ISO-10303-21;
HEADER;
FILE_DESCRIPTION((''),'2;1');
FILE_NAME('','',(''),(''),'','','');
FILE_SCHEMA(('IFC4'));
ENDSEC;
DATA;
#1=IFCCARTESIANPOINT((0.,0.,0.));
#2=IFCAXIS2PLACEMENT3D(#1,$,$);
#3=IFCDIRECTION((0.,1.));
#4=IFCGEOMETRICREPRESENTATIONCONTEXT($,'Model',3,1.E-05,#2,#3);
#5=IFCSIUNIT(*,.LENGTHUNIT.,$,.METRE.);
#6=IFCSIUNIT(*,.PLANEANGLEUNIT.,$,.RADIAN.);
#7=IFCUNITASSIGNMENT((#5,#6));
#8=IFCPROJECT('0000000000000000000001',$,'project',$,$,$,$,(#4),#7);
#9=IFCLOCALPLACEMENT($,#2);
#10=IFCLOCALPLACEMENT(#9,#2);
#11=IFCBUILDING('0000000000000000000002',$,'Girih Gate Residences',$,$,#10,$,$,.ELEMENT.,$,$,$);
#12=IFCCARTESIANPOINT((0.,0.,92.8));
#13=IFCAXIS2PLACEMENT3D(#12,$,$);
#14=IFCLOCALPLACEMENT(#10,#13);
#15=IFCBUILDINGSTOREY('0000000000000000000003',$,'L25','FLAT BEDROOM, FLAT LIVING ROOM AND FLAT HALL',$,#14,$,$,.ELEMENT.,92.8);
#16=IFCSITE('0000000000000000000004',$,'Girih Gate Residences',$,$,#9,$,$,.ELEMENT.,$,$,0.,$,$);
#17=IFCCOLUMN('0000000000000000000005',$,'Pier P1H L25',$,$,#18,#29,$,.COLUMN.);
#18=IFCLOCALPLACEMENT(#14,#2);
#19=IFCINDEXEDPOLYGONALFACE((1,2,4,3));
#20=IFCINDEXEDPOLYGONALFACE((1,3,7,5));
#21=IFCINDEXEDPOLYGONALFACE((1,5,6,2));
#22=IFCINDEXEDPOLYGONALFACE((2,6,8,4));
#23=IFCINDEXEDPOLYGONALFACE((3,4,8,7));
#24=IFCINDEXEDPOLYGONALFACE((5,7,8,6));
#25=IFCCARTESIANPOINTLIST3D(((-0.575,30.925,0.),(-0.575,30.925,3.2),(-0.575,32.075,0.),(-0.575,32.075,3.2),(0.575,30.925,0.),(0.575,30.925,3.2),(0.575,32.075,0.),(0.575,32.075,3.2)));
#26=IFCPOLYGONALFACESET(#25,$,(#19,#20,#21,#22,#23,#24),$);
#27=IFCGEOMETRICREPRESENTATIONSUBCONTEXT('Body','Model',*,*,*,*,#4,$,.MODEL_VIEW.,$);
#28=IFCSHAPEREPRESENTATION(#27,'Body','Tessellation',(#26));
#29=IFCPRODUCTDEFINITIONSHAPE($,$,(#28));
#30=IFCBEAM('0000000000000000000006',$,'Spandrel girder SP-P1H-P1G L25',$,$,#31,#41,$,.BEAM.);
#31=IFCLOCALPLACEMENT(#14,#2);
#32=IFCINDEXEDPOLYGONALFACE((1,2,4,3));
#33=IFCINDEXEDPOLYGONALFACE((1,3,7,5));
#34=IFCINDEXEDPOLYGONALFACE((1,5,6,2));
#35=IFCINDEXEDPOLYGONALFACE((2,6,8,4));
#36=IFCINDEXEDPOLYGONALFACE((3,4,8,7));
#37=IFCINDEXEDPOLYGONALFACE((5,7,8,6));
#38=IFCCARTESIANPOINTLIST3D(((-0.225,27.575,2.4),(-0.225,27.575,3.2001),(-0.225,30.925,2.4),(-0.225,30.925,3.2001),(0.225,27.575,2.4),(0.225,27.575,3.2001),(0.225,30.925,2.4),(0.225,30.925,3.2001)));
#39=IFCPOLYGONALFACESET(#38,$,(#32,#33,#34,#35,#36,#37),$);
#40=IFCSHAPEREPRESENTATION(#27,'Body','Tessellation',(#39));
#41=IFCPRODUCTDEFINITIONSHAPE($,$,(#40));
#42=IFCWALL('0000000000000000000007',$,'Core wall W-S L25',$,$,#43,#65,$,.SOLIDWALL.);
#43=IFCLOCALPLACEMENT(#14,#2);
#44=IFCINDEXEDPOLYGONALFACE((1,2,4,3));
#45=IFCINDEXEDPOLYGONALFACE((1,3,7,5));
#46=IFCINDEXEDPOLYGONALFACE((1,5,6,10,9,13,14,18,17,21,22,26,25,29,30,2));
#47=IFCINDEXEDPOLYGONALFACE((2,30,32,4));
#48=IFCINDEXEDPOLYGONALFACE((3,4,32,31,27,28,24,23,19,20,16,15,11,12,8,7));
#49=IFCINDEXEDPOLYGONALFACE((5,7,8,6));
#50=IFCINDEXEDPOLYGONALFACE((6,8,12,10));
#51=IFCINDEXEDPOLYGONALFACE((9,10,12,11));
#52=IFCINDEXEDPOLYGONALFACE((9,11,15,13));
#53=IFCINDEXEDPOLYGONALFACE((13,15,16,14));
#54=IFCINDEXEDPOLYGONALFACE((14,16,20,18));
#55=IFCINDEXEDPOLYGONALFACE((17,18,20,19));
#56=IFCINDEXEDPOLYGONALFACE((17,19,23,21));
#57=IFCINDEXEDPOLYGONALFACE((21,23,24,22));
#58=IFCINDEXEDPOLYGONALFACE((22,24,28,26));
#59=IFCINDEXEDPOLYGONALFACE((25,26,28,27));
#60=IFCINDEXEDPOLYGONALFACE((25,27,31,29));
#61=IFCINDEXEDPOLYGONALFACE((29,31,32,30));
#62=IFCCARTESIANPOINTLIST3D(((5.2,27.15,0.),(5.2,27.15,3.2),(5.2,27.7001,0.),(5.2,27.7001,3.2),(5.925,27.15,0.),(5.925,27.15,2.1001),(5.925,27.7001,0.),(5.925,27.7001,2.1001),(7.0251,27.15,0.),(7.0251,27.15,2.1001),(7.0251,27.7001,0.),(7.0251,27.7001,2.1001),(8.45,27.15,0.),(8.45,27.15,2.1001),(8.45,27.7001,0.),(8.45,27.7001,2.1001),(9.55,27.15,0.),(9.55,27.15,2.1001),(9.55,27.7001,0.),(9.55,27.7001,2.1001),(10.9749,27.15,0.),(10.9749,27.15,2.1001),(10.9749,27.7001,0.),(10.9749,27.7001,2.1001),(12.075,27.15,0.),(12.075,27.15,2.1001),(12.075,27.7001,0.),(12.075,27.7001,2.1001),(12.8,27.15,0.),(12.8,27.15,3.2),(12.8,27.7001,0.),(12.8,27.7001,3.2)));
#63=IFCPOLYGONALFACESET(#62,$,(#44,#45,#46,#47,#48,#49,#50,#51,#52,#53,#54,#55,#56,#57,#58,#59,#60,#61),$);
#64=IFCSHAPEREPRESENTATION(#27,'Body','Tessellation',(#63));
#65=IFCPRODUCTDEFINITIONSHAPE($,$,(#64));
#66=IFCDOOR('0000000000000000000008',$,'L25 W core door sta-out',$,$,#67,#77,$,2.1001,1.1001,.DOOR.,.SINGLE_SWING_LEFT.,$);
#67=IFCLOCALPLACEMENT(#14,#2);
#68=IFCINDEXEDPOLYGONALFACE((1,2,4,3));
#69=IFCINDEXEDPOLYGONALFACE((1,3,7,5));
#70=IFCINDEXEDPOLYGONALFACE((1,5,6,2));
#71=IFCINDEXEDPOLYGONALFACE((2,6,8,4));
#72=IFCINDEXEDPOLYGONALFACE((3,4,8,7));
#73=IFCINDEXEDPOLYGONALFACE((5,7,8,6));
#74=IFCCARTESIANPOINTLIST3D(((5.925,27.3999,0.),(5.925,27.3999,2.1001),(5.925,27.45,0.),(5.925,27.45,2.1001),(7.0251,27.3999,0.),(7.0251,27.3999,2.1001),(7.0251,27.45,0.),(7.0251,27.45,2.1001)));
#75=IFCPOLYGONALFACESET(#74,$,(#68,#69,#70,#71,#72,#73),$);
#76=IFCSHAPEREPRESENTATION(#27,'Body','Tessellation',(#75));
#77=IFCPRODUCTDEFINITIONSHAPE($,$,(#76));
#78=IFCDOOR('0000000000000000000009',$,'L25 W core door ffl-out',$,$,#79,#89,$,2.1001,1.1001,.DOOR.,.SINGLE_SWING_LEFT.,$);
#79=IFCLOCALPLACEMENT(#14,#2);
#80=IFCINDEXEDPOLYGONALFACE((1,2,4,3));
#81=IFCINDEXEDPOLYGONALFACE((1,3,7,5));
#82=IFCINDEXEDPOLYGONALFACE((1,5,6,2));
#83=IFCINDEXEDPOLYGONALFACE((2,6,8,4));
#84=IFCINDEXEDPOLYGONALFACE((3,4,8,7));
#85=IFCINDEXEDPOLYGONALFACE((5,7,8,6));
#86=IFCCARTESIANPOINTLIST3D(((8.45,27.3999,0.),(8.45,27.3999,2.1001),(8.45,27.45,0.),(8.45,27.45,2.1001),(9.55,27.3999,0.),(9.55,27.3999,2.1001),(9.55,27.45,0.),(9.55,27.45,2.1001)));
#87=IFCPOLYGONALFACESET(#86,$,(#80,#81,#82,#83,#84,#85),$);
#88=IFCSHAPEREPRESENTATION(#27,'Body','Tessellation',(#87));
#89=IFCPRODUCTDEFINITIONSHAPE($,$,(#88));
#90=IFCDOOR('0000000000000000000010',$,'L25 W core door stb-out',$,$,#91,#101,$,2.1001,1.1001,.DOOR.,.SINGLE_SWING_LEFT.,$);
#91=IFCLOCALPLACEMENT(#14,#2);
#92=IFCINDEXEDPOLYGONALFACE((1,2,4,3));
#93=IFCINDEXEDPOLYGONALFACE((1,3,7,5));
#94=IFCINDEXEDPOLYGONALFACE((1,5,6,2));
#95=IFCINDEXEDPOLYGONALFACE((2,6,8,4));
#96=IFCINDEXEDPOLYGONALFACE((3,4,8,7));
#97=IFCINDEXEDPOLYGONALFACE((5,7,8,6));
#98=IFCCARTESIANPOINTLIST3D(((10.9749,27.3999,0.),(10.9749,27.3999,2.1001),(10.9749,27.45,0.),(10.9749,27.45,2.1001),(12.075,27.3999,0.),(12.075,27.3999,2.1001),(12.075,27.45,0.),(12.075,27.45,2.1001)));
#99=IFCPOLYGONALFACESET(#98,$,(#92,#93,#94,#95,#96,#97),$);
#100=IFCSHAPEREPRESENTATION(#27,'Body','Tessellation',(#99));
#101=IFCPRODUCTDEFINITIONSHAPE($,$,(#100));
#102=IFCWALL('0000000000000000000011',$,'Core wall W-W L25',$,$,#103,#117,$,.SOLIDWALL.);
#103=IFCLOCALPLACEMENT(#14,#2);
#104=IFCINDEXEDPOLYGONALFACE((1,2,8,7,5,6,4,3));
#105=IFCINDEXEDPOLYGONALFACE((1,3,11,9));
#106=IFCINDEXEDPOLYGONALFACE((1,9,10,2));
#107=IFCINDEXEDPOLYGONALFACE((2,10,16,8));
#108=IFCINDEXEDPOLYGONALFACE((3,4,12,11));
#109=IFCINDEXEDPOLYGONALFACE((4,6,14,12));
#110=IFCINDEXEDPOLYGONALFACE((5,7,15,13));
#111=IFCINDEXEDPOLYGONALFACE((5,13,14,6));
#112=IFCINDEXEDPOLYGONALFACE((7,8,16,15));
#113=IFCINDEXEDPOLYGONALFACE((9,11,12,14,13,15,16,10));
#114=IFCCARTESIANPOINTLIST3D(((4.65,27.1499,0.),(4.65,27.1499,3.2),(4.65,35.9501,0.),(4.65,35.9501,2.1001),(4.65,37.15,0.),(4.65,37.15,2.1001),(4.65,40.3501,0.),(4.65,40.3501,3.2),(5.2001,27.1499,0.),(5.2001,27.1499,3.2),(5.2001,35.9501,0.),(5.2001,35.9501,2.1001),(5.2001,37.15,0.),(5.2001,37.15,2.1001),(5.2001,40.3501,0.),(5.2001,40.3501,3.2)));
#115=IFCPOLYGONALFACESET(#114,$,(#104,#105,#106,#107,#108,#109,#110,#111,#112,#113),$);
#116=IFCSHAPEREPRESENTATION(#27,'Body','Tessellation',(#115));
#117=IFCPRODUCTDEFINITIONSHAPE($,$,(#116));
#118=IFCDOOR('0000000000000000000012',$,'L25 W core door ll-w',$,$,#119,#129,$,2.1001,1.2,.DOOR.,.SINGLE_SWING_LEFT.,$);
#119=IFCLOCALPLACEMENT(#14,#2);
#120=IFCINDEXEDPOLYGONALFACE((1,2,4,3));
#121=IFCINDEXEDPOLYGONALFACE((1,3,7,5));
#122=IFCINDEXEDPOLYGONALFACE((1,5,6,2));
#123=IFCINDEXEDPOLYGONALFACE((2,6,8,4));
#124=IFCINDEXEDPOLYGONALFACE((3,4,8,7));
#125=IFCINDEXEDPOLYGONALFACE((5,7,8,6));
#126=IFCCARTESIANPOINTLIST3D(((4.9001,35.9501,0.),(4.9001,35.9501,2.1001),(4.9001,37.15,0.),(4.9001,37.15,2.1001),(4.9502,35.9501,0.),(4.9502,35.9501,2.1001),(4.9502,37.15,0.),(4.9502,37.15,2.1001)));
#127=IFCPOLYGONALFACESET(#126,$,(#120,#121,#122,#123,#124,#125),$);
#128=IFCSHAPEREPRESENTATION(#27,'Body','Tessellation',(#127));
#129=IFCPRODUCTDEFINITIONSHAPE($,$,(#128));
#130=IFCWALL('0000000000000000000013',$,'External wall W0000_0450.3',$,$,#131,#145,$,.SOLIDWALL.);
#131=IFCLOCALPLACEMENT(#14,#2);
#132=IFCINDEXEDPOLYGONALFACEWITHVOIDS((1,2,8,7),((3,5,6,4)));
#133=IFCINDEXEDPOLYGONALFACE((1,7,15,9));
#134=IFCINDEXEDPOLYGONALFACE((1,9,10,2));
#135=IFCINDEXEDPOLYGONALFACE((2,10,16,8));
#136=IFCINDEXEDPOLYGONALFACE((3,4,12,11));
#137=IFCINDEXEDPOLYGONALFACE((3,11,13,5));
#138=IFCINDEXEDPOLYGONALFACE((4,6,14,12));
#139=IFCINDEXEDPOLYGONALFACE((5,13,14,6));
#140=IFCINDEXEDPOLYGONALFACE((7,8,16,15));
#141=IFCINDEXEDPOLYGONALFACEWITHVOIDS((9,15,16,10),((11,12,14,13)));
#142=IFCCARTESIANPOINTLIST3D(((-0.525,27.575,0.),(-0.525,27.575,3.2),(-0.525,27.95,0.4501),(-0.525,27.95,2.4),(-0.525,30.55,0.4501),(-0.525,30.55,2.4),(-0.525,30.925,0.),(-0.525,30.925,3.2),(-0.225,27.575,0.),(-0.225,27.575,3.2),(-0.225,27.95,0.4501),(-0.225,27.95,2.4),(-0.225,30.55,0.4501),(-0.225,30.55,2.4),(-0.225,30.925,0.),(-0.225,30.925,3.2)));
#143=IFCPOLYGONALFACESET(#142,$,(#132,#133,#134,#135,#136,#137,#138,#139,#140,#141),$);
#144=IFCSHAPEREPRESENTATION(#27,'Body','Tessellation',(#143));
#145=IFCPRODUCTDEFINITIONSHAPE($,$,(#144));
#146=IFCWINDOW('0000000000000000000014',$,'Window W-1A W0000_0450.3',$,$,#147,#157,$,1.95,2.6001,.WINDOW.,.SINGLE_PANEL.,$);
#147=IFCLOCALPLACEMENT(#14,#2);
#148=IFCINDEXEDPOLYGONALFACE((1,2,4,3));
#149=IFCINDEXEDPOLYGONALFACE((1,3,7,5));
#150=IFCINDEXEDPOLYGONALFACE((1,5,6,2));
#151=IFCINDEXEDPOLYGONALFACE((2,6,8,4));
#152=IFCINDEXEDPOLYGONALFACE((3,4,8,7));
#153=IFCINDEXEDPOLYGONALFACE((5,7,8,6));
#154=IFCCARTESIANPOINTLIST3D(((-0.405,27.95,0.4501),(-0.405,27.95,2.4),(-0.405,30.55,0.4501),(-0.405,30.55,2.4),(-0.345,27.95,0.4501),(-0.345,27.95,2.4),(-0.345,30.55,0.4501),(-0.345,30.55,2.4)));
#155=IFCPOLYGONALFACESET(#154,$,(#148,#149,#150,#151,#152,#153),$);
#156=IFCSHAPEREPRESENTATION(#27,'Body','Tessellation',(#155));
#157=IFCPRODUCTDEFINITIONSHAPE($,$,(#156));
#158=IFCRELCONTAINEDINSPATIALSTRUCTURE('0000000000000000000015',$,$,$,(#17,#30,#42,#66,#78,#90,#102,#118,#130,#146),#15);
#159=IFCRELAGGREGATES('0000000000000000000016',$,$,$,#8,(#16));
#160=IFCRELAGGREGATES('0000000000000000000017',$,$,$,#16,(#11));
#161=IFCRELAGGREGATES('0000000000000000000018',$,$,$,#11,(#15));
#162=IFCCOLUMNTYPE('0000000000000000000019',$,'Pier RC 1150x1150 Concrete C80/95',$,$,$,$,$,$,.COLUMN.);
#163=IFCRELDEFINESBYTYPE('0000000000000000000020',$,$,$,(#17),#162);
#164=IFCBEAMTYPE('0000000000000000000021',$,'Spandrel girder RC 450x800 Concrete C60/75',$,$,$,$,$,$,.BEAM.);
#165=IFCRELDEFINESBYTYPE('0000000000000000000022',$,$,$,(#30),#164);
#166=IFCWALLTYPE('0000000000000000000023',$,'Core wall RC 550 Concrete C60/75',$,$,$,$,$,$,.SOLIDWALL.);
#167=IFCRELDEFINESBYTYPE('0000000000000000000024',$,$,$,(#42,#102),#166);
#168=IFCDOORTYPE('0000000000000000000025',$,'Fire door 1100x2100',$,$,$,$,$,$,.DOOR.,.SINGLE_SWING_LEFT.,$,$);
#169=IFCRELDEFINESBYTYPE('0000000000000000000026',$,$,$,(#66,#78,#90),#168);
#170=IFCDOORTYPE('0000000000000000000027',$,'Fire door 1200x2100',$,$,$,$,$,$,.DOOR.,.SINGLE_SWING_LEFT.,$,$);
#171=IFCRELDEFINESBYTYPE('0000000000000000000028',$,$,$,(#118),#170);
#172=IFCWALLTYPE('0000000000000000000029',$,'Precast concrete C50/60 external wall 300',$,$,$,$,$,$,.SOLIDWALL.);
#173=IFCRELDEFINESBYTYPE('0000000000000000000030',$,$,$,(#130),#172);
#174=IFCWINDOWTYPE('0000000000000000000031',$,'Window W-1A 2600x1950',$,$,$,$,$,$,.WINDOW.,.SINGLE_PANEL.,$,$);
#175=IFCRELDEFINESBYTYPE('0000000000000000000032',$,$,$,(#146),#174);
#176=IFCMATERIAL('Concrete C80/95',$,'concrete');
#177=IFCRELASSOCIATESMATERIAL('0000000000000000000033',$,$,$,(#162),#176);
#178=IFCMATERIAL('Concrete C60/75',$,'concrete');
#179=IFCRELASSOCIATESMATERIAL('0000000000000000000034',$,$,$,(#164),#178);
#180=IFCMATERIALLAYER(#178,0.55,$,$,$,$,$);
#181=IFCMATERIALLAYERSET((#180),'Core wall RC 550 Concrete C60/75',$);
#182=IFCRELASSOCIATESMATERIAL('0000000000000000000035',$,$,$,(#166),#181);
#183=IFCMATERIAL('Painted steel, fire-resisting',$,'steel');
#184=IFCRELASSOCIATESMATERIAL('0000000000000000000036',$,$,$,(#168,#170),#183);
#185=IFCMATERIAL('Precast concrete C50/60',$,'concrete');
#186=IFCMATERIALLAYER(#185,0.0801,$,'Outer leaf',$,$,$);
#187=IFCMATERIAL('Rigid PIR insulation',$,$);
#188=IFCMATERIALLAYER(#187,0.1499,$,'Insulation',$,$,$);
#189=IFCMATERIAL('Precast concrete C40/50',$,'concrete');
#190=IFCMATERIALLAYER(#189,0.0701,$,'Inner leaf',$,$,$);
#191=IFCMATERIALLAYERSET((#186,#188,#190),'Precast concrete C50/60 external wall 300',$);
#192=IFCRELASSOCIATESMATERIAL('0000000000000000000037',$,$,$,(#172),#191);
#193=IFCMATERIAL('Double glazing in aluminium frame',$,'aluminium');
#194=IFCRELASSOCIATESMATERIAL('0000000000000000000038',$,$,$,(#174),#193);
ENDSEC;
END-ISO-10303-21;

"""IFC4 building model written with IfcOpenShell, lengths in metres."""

from ifc_helpers import new_model, si_unit, direction, frame, frame_2d, origin, origin_2d, place, context, subcontext, project, spatial, rectangle, extrude, material, layer, layer_set, material_profile, profile_set, type_object, element, fill, save


model = new_model("IFC4")

# Units and contexts
model_context = context("Model", 3, precision=1e-05, world=origin(), true_north=direction((0.0, 1.0)))
body_context = subcontext(model_context, "Body", "Model", "MODEL_VIEW")
ifc_project = project(units=[si_unit("LENGTHUNIT", "METRE"), si_unit("PLANEANGLEUNIT", "RADIAN")], contexts=[model_context])

# Site, building, storey
site_placement = place(None, origin())
site = spatial("IfcSite", under=ifc_project, at=site_placement, Name="Girih Gate Residences", CompositionType="ELEMENT", RefElevation=0.0)
building_placement = place(site_placement, origin())
building = spatial("IfcBuilding", under=site, at=building_placement, Name="Girih Gate Residences", CompositionType="ELEMENT")
storey_placement = place(building_placement, frame((0.0, 0.0, 92.8)))
storey = spatial("IfcBuildingStorey", under=building, at=storey_placement, Name="L25", Description="FLAT BEDROOM, FLAT LIVING ROOM AND FLAT HALL", CompositionType="ELEMENT", Elevation=92.8)

# Column
ifc_material_1 = material(Name="Concrete C80/95", Category="concrete")
ifc_material_profile_1 = material_profile(ifc_material_1, rectangle(XDim=1.1499, YDim=1.1499, at=origin_2d()))
ifc_profile_set_1 = profile_set([ifc_material_profile_1], Name="Concrete C80/95")
column_type = type_object("IfcColumnType", Name="Pier RC 1150x1150 Concrete C80/95", PredefinedType="COLUMN", material=ifc_profile_set_1)
column_placement = place(storey_placement, frame((0.0, 31.5, 0.0), z_axis=(0.0, 0.0, 1.0), x_axis=(1.0, 0.0, 0.0)))
element("IfcColumn", 1, at=column_placement, inside=storey, type_object=column_type, Name="Pier P1H L25", PredefinedType="COLUMN", context=body_context, shape_type="SweptSolid", body=[
    extrude(rectangle(XDim=1.1499, YDim=1.1499, at=origin_2d()), origin(), (0.0, 0.0, 1.0), 3.2),
])

# Beam
ifc_material_2 = material(Name="Concrete C60/75", Category="concrete")
ifc_material_profile_2 = material_profile(ifc_material_2, rectangle(XDim=0.45, YDim=0.8, at=origin_2d()))
ifc_profile_set_2 = profile_set([ifc_material_profile_2], Name="Concrete C60/75")
beam_type = type_object("IfcBeamType", Name="Spandrel girder RC 450x800 Concrete C60/75", PredefinedType="BEAM", material=ifc_profile_set_2)
beam_placement = place(storey_placement, frame((0.0, 30.925, 2.8), z_axis=(0.0, -1.0, 0.0), x_axis=(1.0, 0.0, 0.0)))
element("IfcBeam", 2, at=beam_placement, inside=storey, type_object=beam_type, Name="Spandrel girder SP-P1H-P1G L25", PredefinedType="BEAM", context=body_context, shape_type="SweptSolid", body=[
    extrude(rectangle(XDim=0.45, YDim=0.8, at=origin_2d()), origin(), (0.0, 0.0, 1.0), 3.3501),
])

# Wall, openings, doors
ifc_layer_1 = layer(ifc_material_2, 0.55)
ifc_layer_set_1 = layer_set([ifc_layer_1], Name="Core wall RC 550 Concrete C60/75")
wall_type_1 = type_object("IfcWallType", Name="Core wall RC 550 Concrete C60/75", PredefinedType="SOLIDWALL", material=ifc_layer_set_1)
wall_1_placement = place(storey_placement, frame((5.2, 27.425, 0.0), z_axis=(0.0, 0.0, 1.0), x_axis=(1.0, 0.0, 0.0)))
wall_1 = element("IfcWall", 3, at=wall_1_placement, inside=storey, type_object=wall_type_1, Name="Core wall W-S L25", PredefinedType="SOLIDWALL", context=body_context, shape_type="SweptSolid", body=[
    extrude(rectangle(XDim=7.6001, YDim=0.55, at=frame_2d((3.8, 0.0))), origin(), (0.0, 0.0, 1.0), 3.2),
])
opening_1_placement = place(wall_1_placement, frame((0.7251, 0.0, 0.0)))
opening_1 = element("IfcOpeningElement", 4, at=opening_1_placement, cuts=wall_1, PredefinedType="OPENING", context=body_context, shape_type="SweptSolid", body=[
    extrude(rectangle(XDim=1.1001, YDim=2.1001, at=frame_2d((0.55, 1.05))), frame((0.0, 0.2849, 0.0), z_axis=(0.0, -1.0, 0.0), x_axis=(1.0, 0.0, 0.0)), (0.0, 0.0, 1.0), 0.5701),
])
opening_2_placement = place(wall_1_placement, frame((3.25, 0.0, 0.0)))
opening_2 = element("IfcOpeningElement", 5, at=opening_2_placement, cuts=wall_1, PredefinedType="OPENING", context=body_context, shape_type="SweptSolid", body=[
    extrude(rectangle(XDim=1.1001, YDim=2.1001, at=frame_2d((0.55, 1.05))), frame((0.0, 0.2849, 0.0), z_axis=(0.0, -1.0, 0.0), x_axis=(1.0, 0.0, 0.0)), (0.0, 0.0, 1.0), 0.5701),
])
opening_3_placement = place(wall_1_placement, frame((5.7749, 0.0, 0.0)))
opening_3 = element("IfcOpeningElement", 6, at=opening_3_placement, cuts=wall_1, PredefinedType="OPENING", context=body_context, shape_type="SweptSolid", body=[
    extrude(rectangle(XDim=1.1001, YDim=2.1001, at=frame_2d((0.55, 1.05))), frame((0.0, 0.2849, 0.0), z_axis=(0.0, -1.0, 0.0), x_axis=(1.0, 0.0, 0.0)), (0.0, 0.0, 1.0), 0.5701),
])
ifc_material_3 = material(Name="Painted steel, fire-resisting", Category="steel")
door_type_1 = type_object("IfcDoorType", Name="Fire door 1100x2100", OperationType="SINGLE_SWING_LEFT", PredefinedType="DOOR", material=ifc_material_3)
door_1_placement = place(opening_1_placement, origin())
door_1 = element("IfcDoor", 7, at=door_1_placement, inside=storey, type_object=door_type_1, Name="L25 W core door sta-out", OperationType="SINGLE_SWING_LEFT", OverallHeight=2.1001, OverallWidth=1.1001, PredefinedType="DOOR", context=body_context, shape_type="SweptSolid", body=[
    extrude(rectangle(XDim=1.1001, YDim=2.1001, at=frame_2d((0.55, 1.05))), frame((0.0, 0.0249, 0.0), z_axis=(0.0, -1.0, 0.0), x_axis=(1.0, 0.0, 0.0)), (0.0, 0.0, 1.0), 0.05),
])
fill(opening_1, door_1)
door_2_placement = place(opening_2_placement, origin())
door_2 = element("IfcDoor", 8, at=door_2_placement, inside=storey, type_object=door_type_1, Name="L25 W core door ffl-out", OperationType="SINGLE_SWING_LEFT", OverallHeight=2.1001, OverallWidth=1.1001, PredefinedType="DOOR", context=body_context, shape_type="SweptSolid", body=[
    extrude(rectangle(XDim=1.1001, YDim=2.1001, at=frame_2d((0.55, 1.05))), frame((0.0, 0.0249, 0.0), z_axis=(0.0, -1.0, 0.0), x_axis=(1.0, 0.0, 0.0)), (0.0, 0.0, 1.0), 0.05),
])
fill(opening_2, door_2)
door_3_placement = place(opening_3_placement, origin())
door_3 = element("IfcDoor", 9, at=door_3_placement, inside=storey, type_object=door_type_1, Name="L25 W core door stb-out", OperationType="SINGLE_SWING_LEFT", OverallHeight=2.1001, OverallWidth=1.1001, PredefinedType="DOOR", context=body_context, shape_type="SweptSolid", body=[
    extrude(rectangle(XDim=1.1001, YDim=2.1001, at=frame_2d((0.55, 1.05))), frame((0.0, 0.0249, 0.0), z_axis=(0.0, -1.0, 0.0), x_axis=(1.0, 0.0, 0.0)), (0.0, 0.0, 1.0), 0.05),
])
fill(opening_3, door_3)

# Wall, opening, door
wall_2_placement = place(storey_placement, frame((4.925, 27.1499, 0.0), z_axis=(0.0, 0.0, 1.0), x_axis=(0.0, 1.0, 0.0)))
wall_2 = element("IfcWall", 10, at=wall_2_placement, inside=storey, type_object=wall_type_1, Name="Core wall W-W L25", PredefinedType="SOLIDWALL", context=body_context, shape_type="SweptSolid", body=[
    extrude(rectangle(XDim=13.2002, YDim=0.55, at=frame_2d((6.6001, 0.0))), origin(), (0.0, 0.0, 1.0), 3.2),
])
opening_4_placement = place(wall_2_placement, frame((8.8, 0.0, 0.0)))
opening_4 = element("IfcOpeningElement", 11, at=opening_4_placement, cuts=wall_2, PredefinedType="OPENING", context=body_context, shape_type="SweptSolid", body=[
    extrude(rectangle(XDim=1.2, YDim=2.1001, at=frame_2d((0.6001, 1.05))), frame((0.0, 0.2849, 0.0), z_axis=(0.0, -1.0, 0.0), x_axis=(1.0, 0.0, 0.0)), (0.0, 0.0, 1.0), 0.5701),
])
door_type_2 = type_object("IfcDoorType", Name="Fire door 1200x2100", OperationType="SINGLE_SWING_LEFT", PredefinedType="DOOR", material=ifc_material_3)
door_4_placement = place(opening_4_placement, origin())
door_4 = element("IfcDoor", 12, at=door_4_placement, inside=storey, type_object=door_type_2, Name="L25 W core door ll-w", OperationType="SINGLE_SWING_LEFT", OverallHeight=2.1001, OverallWidth=1.2, PredefinedType="DOOR", context=body_context, shape_type="SweptSolid", body=[
    extrude(rectangle(XDim=1.2, YDim=2.1001, at=frame_2d((0.6001, 1.05))), frame((0.0, 0.0249, 0.0), z_axis=(0.0, -1.0, 0.0), x_axis=(1.0, 0.0, 0.0)), (0.0, 0.0, 1.0), 0.05),
])
fill(opening_4, door_4)

# Wall, opening, window
ifc_material_4 = material(Name="Precast concrete C50/60", Category="concrete")
ifc_layer_2 = layer(ifc_material_4, 0.0801, Name="Outer leaf")
ifc_material_5 = material(Name="Rigid PIR insulation")
ifc_layer_3 = layer(ifc_material_5, 0.1499, Name="Insulation")
ifc_material_6 = material(Name="Precast concrete C40/50", Category="concrete")
ifc_layer_4 = layer(ifc_material_6, 0.0701, Name="Inner leaf")
ifc_layer_set_2 = layer_set([ifc_layer_2, ifc_layer_3, ifc_layer_4], Name="Precast concrete C50/60 external wall 300")
wall_type_2 = type_object("IfcWallType", Name="Precast concrete C50/60 external wall 300", PredefinedType="SOLIDWALL", material=ifc_layer_set_2)
wall_3_placement = place(storey_placement, frame((-0.375, 27.575, 0.0), z_axis=(0.0, 0.0, 1.0), x_axis=(0.0, 1.0, 0.0)))
wall_3 = element("IfcWall", 13, at=wall_3_placement, inside=storey, type_object=wall_type_2, Name="External wall W0000_0450.3", PredefinedType="SOLIDWALL", context=body_context, shape_type="SweptSolid", body=[
    extrude(rectangle(XDim=3.3501, YDim=0.3, at=frame_2d((1.675, 0.0))), origin(), (0.0, 0.0, 1.0), 3.2),
])
opening_5_placement = place(wall_3_placement, frame((0.375, 0.0, 0.45)))
opening_5 = element("IfcOpeningElement", 14, at=opening_5_placement, cuts=wall_3, PredefinedType="OPENING", context=body_context, shape_type="SweptSolid", body=[
    extrude(rectangle(XDim=2.6001, YDim=1.95, at=frame_2d((1.3, 0.9751))), frame((0.0, 0.1599, 0.0), z_axis=(0.0, -1.0, 0.0), x_axis=(1.0, 0.0, 0.0)), (0.0, 0.0, 1.0), 0.3201),
])
ifc_material_7 = material(Name="Double glazing in aluminium frame", Category="aluminium")
window_type = type_object("IfcWindowType", Name="Window W-1A 2600x1950", PartitioningType="SINGLE_PANEL", PredefinedType="WINDOW", material=ifc_material_7)
window_placement = place(opening_5_placement, origin())
window = element("IfcWindow", 15, at=window_placement, inside=storey, type_object=window_type, Name="Window W-1A W0000_0450.3", OverallHeight=1.95, OverallWidth=2.6001, PartitioningType="SINGLE_PANEL", PredefinedType="WINDOW", context=body_context, shape_type="SweptSolid", body=[
    extrude(rectangle(XDim=2.6001, YDim=1.95, at=frame_2d((1.3, 0.9751))), frame((0.0, 0.03, 0.0), z_axis=(0.0, -1.0, 0.0), x_axis=(1.0, 0.0, 0.0)), (0.0, 0.0, 1.0), 0.0601),
])
fill(opening_5, window)

save(model, "model.ifc")
